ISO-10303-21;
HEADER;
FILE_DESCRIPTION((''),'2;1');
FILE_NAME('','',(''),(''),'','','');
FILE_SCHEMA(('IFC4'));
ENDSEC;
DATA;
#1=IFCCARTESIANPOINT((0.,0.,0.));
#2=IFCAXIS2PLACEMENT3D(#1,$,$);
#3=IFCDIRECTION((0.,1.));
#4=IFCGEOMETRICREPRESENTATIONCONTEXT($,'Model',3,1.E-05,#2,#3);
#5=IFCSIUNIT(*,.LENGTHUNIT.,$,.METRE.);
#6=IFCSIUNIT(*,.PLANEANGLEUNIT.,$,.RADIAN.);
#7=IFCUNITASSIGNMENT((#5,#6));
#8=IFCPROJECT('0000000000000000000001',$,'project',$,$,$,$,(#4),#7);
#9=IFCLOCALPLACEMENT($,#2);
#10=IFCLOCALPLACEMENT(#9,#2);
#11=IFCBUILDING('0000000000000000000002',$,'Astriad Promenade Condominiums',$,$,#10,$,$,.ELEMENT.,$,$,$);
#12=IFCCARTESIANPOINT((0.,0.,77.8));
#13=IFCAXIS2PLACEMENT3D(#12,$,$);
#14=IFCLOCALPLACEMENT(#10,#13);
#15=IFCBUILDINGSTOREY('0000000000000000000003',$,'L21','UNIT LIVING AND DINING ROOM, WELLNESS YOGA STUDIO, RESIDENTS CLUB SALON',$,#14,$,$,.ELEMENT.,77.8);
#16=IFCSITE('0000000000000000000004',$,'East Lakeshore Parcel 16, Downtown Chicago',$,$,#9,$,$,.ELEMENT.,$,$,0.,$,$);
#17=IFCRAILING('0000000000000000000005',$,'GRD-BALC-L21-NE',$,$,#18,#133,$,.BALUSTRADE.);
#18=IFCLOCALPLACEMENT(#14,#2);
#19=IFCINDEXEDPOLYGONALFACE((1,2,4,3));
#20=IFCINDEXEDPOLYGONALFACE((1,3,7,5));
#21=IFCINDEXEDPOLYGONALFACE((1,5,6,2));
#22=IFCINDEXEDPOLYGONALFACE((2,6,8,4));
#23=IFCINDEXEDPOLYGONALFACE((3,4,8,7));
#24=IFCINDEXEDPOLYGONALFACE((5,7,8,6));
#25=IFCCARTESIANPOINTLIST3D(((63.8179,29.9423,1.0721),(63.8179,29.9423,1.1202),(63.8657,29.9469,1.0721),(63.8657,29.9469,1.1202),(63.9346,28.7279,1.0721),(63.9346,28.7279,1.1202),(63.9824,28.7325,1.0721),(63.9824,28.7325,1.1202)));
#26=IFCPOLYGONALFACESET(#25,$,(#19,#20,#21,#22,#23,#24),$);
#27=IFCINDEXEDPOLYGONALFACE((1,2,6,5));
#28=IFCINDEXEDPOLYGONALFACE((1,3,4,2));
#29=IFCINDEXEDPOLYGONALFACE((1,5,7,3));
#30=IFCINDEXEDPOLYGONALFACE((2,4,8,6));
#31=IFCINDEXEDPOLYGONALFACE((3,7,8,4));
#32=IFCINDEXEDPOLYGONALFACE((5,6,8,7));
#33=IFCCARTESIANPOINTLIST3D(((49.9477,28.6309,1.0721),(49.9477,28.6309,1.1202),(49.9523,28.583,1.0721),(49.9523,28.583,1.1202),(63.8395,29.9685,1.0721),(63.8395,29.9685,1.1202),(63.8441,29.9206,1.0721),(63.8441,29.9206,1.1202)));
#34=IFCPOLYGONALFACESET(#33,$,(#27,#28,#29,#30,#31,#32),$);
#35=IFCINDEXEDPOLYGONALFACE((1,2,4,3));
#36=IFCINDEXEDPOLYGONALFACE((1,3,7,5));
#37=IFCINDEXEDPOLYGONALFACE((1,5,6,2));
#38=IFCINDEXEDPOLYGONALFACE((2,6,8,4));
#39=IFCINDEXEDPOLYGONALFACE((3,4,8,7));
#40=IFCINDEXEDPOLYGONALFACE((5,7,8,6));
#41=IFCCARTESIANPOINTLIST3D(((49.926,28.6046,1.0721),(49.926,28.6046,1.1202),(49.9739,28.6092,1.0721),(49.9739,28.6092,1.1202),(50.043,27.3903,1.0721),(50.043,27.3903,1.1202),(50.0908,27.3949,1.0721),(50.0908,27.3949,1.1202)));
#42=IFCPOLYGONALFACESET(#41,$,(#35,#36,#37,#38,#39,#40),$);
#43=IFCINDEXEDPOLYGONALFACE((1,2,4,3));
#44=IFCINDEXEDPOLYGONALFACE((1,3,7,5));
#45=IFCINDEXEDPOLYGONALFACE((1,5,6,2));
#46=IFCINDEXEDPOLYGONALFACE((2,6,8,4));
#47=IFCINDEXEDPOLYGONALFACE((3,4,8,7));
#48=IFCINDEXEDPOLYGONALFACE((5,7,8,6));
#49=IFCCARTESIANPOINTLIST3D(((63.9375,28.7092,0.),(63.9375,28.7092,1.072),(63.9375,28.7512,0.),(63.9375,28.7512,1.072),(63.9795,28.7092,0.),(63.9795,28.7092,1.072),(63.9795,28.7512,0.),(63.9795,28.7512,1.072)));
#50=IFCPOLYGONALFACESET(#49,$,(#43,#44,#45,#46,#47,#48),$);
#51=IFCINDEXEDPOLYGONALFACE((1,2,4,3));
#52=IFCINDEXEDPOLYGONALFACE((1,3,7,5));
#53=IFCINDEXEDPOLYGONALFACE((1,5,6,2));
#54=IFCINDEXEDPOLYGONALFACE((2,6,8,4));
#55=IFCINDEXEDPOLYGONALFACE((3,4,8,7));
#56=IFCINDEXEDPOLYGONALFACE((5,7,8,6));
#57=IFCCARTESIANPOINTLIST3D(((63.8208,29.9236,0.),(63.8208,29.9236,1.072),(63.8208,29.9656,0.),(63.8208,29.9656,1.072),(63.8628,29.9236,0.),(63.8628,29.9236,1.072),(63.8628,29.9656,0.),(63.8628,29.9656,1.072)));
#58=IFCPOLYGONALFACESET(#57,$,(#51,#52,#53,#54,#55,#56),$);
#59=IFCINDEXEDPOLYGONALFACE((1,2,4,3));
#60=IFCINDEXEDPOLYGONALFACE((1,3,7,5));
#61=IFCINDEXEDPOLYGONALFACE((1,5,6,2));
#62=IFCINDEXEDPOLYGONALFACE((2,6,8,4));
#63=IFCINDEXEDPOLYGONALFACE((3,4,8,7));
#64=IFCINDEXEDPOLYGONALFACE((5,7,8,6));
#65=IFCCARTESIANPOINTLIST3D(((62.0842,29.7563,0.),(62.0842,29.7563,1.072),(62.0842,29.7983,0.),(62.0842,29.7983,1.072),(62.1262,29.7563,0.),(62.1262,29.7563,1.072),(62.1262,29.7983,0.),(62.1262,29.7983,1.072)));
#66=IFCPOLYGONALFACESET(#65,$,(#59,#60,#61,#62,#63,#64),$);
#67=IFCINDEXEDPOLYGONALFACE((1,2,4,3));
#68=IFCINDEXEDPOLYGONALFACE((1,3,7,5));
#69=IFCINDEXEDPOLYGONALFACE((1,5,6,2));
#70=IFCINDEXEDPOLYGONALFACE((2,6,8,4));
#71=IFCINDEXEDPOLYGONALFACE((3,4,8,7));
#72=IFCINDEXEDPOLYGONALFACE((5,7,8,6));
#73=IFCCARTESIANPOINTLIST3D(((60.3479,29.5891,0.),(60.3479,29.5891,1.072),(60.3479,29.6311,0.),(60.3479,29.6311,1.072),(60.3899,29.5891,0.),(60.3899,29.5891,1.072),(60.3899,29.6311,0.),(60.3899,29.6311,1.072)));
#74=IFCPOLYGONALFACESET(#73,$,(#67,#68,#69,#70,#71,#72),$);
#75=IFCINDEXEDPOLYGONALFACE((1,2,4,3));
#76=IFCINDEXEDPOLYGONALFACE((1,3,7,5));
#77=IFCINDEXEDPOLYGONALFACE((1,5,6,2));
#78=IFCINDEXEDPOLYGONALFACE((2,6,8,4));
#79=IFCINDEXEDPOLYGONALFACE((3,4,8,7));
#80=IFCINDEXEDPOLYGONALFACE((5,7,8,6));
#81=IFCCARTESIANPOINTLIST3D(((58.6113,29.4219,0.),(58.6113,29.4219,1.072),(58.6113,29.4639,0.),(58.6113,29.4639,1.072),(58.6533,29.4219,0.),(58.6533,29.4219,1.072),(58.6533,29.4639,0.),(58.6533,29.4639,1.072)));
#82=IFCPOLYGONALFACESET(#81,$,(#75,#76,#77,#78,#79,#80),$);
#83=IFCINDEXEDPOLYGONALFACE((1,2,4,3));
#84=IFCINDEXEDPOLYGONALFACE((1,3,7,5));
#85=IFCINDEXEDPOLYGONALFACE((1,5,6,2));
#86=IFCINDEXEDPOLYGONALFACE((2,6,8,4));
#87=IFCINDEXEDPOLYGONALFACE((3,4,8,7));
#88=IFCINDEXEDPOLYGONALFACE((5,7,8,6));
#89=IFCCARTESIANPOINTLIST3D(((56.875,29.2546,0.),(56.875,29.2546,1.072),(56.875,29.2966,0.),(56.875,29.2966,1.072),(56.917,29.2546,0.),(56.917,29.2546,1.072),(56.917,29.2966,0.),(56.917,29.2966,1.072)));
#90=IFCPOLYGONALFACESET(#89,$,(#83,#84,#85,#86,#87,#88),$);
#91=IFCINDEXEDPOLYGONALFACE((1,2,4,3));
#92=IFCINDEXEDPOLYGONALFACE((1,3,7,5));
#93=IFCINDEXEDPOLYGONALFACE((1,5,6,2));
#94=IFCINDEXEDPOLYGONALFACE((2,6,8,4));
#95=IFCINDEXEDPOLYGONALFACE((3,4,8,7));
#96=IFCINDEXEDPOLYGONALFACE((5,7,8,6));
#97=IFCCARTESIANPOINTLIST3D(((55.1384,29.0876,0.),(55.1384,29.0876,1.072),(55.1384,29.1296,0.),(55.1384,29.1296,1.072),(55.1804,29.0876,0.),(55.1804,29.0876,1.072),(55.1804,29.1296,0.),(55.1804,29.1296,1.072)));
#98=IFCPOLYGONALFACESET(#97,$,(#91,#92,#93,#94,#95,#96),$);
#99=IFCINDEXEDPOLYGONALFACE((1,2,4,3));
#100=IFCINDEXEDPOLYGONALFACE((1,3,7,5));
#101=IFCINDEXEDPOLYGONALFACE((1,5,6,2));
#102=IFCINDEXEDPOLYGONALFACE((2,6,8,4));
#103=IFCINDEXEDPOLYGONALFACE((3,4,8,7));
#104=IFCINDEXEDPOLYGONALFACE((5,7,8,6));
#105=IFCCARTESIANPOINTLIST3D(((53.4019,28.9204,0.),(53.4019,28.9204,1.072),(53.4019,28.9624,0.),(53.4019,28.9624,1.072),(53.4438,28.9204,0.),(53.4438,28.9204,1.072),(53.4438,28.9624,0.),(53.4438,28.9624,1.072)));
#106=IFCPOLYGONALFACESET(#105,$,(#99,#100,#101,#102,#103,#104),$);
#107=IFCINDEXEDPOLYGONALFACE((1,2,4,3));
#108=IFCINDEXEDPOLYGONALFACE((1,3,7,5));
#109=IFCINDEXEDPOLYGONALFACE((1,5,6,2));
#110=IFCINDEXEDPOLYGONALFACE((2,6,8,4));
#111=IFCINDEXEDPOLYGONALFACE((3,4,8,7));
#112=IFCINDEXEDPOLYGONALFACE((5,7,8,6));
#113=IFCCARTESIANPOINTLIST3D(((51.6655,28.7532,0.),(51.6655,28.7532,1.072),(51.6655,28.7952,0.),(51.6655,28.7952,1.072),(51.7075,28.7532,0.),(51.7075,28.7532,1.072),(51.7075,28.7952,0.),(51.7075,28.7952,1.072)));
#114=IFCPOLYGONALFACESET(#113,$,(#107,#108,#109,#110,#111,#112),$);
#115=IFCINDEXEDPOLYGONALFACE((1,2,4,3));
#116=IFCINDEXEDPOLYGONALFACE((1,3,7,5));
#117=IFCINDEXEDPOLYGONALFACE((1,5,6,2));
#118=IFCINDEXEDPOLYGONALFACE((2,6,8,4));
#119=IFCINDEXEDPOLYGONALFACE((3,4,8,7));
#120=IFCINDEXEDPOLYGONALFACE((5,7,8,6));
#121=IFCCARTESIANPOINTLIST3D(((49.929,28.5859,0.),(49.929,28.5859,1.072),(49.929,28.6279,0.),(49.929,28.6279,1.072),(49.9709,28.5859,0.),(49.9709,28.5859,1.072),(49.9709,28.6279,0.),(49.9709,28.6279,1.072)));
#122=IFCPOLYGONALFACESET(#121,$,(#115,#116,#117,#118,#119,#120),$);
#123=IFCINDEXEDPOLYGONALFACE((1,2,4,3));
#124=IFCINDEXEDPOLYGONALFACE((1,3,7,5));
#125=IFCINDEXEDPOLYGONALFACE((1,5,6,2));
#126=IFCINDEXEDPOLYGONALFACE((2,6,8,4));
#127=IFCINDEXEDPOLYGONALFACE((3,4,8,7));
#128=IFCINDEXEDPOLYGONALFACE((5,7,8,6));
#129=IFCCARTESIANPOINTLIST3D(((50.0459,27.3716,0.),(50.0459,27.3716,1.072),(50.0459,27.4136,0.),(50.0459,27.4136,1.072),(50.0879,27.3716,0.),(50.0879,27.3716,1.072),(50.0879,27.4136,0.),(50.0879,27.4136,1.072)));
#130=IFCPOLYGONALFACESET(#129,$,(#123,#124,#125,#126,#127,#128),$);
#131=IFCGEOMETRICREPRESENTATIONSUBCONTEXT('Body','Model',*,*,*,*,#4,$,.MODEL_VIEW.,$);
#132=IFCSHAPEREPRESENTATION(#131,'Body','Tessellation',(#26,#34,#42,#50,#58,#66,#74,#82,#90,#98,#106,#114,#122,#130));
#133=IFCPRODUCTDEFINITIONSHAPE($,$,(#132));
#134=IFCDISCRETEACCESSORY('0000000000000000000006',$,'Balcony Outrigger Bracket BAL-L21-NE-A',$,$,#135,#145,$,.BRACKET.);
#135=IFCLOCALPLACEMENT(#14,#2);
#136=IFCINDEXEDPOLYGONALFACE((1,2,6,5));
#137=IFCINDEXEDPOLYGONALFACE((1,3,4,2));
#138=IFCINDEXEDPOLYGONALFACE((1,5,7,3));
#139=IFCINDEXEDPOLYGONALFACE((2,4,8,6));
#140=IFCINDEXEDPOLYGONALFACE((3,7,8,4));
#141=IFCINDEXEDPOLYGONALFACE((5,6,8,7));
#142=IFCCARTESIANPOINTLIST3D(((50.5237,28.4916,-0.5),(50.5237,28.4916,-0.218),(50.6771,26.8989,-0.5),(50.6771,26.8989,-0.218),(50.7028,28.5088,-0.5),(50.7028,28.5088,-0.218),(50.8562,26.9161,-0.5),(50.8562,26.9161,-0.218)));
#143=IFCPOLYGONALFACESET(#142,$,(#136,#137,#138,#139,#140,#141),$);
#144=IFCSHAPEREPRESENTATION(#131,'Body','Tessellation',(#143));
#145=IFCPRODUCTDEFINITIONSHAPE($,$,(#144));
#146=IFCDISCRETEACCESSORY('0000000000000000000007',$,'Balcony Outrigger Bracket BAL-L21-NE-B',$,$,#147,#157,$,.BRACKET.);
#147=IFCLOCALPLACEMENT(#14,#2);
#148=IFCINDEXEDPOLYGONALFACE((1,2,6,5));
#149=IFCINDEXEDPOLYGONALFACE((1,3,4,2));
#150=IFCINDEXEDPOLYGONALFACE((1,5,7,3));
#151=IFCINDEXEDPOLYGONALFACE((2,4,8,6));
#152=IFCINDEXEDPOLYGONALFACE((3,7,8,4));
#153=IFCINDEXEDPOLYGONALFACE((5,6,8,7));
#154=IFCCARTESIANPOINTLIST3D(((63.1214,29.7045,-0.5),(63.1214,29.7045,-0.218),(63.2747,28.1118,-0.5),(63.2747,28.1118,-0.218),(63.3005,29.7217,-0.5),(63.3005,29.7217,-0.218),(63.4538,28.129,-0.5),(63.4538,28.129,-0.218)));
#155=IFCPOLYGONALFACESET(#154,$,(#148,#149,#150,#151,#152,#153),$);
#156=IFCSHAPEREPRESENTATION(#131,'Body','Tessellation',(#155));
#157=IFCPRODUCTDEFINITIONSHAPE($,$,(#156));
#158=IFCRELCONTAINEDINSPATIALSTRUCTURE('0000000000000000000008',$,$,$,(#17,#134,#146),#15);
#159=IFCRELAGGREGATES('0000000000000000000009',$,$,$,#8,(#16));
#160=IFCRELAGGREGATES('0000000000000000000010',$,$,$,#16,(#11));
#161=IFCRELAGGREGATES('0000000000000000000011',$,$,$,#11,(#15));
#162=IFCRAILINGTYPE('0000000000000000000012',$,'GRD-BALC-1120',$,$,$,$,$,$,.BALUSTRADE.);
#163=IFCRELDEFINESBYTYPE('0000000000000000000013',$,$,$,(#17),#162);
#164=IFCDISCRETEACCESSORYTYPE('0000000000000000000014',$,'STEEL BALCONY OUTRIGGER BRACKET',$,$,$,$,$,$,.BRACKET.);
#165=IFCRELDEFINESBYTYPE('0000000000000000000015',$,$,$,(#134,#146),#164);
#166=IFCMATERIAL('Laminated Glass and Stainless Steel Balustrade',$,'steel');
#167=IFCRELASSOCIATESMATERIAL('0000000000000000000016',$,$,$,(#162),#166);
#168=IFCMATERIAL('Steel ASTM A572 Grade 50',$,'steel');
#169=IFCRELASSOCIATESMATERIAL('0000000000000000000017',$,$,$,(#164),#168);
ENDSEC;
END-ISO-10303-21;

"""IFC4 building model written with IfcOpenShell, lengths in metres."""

from ifc_helpers import new_model, si_unit, direction, frame, origin, origin_2d, place, context, subcontext, project, spatial, rectangle, extrude, source, transform, mapped, material, type_object, type_shapes, element, save


model = new_model("IFC4")

# Units and contexts
model_context = context("Model", 3, precision=1e-05, world=origin(), true_north=direction((0.0, 1.0)))
body_context = subcontext(model_context, "Body", "Model", "MODEL_VIEW")
ifc_project = project(units=[si_unit("LENGTHUNIT", "METRE"), si_unit("PLANEANGLEUNIT", "RADIAN")], contexts=[model_context])

# Site, building, storey
site_placement = place(None, origin())
site = spatial("IfcSite", under=ifc_project, at=site_placement, Name="East Lakeshore Parcel 16, Downtown Chicago", CompositionType="ELEMENT", RefElevation=0.0)
building_placement = place(site_placement, origin())
building = spatial("IfcBuilding", under=site, at=building_placement, Name="Astriad Promenade Condominiums", CompositionType="ELEMENT")
storey_placement = place(building_placement, frame((0.0, 0.0, 77.8)))
storey = spatial("IfcBuildingStorey", under=building, at=storey_placement, Name="L21", Description="UNIT LIVING AND DINING ROOM, WELLNESS YOGA STUDIO, RESIDENTS CLUB SALON", CompositionType="ELEMENT", Elevation=77.8)

# Railing
ifc_material_1 = material(Name="Laminated Glass and Stainless Steel Balustrade", Category="steel")
railing_type = type_object("IfcRailingType", Name="GRD-BALC-1120", PredefinedType="BALUSTRADE", material=ifc_material_1)
shared_shape_1 = source(origin(), body_context, "Body", "SweptSolid", [
    extrude(rectangle(XDim=0.0481, YDim=0.0481, at=origin_2d()), frame((0.0, 0.0, 1.0962), z_axis=(-0.095659, 0.995414, 0.0), x_axis=(-0.995414, -0.095659, 0.0)), (0.0, 0.0, 1.0), 1.22),
    extrude(rectangle(XDim=0.0481, YDim=0.0481, at=origin_2d()), frame((-0.1167, 1.2144, 1.0962), z_axis=(-0.995396, -0.095847, 0.0), x_axis=(0.095847, -0.995396, 0.0)), (0.0, 0.0, 1.0), 13.9561),
    extrude(rectangle(XDim=0.0481, YDim=0.0481, at=origin_2d()), frame((-14.0085, -0.1233, 1.0962), z_axis=(0.095857, -0.995395, 0.0), x_axis=(0.995395, 0.095857, 0.0)), (0.0, 0.0, 1.0), 1.22),
    extrude(rectangle(XDim=0.042, YDim=0.042, at=origin_2d()), origin(), (0.0, 0.0, 1.0), 1.072),
    extrude(rectangle(XDim=0.042, YDim=0.042, at=origin_2d()), frame((-0.1167, 1.2144, 0.0)), (0.0, 0.0, 1.0), 1.072),
    extrude(rectangle(XDim=0.042, YDim=0.042, at=origin_2d()), frame((-1.8533, 1.0471, 0.0)), (0.0, 0.0, 1.0), 1.072),
    extrude(rectangle(XDim=0.042, YDim=0.042, at=origin_2d()), frame((-3.5896, 0.8799, 0.0)), (0.0, 0.0, 1.0), 1.072),
    extrude(rectangle(XDim=0.042, YDim=0.042, at=origin_2d()), frame((-5.3262, 0.7126, 0.0)), (0.0, 0.0, 1.0), 1.072),
    extrude(rectangle(XDim=0.042, YDim=0.042, at=origin_2d()), frame((-7.0625, 0.5454, 0.0)), (0.0, 0.0, 1.0), 1.072),
    extrude(rectangle(XDim=0.042, YDim=0.042, at=origin_2d()), frame((-8.7991, 0.3784, 0.0)), (0.0, 0.0, 1.0), 1.072),
    extrude(rectangle(XDim=0.042, YDim=0.042, at=origin_2d()), frame((-10.5356, 0.2112, 0.0)), (0.0, 0.0, 1.0), 1.072),
    extrude(rectangle(XDim=0.042, YDim=0.042, at=origin_2d()), frame((-12.272, 0.0439, 0.0)), (0.0, 0.0, 1.0), 1.072),
    extrude(rectangle(XDim=0.042, YDim=0.042, at=origin_2d()), frame((-14.0085, -0.1233, 0.0)), (0.0, 0.0, 1.0), 1.072),
    extrude(rectangle(XDim=0.042, YDim=0.042, at=origin_2d()), frame((-13.8916, -1.3376, 0.0)), (0.0, 0.0, 1.0), 1.072),
])
type_shapes(railing_type, [shared_shape_1])
railing_placement = place(storey_placement, frame((63.9585, 28.7302, 0.0)))
element("IfcRailing", 1, at=railing_placement, inside=storey, type_object=railing_type, Name="GRD-BALC-L21-NE", PredefinedType="BALUSTRADE", context=body_context, shape_type="MappedRepresentation", body=[
    mapped(shared_shape_1, transform((0.0, 0.0, 0.0), scale=1.0)),
])

# Discrete accessories
ifc_material_2 = material(Name="Steel ASTM A572 Grade 50", Category="steel")
discrete_accessory_type = type_object("IfcDiscreteAccessoryType", Name="STEEL BALCONY OUTRIGGER BRACKET", PredefinedType="BRACKET", material=ifc_material_2)
shared_shape_2 = source(origin(), body_context, "Body", "SweptSolid", [
    extrude(rectangle(XDim=1.6001, YDim=0.1799, at=origin_2d()), origin(), (0.0, 0.0, 1.0), 0.282),
])
type_shapes(discrete_accessory_type, [shared_shape_2])
for number, where, z_axis, x_axis, name in (
    (2, (50.6899, 27.7039, -0.5), (0.0, 0.0, 1.0), (-0.095846, 0.995396, 0.0), "Balcony Outrigger Bracket BAL-L21-NE-A"),
    (3, (63.2876, 28.9167, -0.5), (0.0, 0.0, 1.0), (-0.095846, 0.995396, 0.0), "Balcony Outrigger Bracket BAL-L21-NE-B"),
):
    element("IfcDiscreteAccessory", number, at=place(storey_placement, frame(where, z_axis=z_axis, x_axis=x_axis)), inside=storey, type_object=discrete_accessory_type, Name=name, PredefinedType="BRACKET", context=body_context, shape_type="MappedRepresentation", body=[
        mapped(shared_shape_2, transform((0.0, 0.0, 0.0), scale=1.0)),
    ])

save(model, "model.ifc")
